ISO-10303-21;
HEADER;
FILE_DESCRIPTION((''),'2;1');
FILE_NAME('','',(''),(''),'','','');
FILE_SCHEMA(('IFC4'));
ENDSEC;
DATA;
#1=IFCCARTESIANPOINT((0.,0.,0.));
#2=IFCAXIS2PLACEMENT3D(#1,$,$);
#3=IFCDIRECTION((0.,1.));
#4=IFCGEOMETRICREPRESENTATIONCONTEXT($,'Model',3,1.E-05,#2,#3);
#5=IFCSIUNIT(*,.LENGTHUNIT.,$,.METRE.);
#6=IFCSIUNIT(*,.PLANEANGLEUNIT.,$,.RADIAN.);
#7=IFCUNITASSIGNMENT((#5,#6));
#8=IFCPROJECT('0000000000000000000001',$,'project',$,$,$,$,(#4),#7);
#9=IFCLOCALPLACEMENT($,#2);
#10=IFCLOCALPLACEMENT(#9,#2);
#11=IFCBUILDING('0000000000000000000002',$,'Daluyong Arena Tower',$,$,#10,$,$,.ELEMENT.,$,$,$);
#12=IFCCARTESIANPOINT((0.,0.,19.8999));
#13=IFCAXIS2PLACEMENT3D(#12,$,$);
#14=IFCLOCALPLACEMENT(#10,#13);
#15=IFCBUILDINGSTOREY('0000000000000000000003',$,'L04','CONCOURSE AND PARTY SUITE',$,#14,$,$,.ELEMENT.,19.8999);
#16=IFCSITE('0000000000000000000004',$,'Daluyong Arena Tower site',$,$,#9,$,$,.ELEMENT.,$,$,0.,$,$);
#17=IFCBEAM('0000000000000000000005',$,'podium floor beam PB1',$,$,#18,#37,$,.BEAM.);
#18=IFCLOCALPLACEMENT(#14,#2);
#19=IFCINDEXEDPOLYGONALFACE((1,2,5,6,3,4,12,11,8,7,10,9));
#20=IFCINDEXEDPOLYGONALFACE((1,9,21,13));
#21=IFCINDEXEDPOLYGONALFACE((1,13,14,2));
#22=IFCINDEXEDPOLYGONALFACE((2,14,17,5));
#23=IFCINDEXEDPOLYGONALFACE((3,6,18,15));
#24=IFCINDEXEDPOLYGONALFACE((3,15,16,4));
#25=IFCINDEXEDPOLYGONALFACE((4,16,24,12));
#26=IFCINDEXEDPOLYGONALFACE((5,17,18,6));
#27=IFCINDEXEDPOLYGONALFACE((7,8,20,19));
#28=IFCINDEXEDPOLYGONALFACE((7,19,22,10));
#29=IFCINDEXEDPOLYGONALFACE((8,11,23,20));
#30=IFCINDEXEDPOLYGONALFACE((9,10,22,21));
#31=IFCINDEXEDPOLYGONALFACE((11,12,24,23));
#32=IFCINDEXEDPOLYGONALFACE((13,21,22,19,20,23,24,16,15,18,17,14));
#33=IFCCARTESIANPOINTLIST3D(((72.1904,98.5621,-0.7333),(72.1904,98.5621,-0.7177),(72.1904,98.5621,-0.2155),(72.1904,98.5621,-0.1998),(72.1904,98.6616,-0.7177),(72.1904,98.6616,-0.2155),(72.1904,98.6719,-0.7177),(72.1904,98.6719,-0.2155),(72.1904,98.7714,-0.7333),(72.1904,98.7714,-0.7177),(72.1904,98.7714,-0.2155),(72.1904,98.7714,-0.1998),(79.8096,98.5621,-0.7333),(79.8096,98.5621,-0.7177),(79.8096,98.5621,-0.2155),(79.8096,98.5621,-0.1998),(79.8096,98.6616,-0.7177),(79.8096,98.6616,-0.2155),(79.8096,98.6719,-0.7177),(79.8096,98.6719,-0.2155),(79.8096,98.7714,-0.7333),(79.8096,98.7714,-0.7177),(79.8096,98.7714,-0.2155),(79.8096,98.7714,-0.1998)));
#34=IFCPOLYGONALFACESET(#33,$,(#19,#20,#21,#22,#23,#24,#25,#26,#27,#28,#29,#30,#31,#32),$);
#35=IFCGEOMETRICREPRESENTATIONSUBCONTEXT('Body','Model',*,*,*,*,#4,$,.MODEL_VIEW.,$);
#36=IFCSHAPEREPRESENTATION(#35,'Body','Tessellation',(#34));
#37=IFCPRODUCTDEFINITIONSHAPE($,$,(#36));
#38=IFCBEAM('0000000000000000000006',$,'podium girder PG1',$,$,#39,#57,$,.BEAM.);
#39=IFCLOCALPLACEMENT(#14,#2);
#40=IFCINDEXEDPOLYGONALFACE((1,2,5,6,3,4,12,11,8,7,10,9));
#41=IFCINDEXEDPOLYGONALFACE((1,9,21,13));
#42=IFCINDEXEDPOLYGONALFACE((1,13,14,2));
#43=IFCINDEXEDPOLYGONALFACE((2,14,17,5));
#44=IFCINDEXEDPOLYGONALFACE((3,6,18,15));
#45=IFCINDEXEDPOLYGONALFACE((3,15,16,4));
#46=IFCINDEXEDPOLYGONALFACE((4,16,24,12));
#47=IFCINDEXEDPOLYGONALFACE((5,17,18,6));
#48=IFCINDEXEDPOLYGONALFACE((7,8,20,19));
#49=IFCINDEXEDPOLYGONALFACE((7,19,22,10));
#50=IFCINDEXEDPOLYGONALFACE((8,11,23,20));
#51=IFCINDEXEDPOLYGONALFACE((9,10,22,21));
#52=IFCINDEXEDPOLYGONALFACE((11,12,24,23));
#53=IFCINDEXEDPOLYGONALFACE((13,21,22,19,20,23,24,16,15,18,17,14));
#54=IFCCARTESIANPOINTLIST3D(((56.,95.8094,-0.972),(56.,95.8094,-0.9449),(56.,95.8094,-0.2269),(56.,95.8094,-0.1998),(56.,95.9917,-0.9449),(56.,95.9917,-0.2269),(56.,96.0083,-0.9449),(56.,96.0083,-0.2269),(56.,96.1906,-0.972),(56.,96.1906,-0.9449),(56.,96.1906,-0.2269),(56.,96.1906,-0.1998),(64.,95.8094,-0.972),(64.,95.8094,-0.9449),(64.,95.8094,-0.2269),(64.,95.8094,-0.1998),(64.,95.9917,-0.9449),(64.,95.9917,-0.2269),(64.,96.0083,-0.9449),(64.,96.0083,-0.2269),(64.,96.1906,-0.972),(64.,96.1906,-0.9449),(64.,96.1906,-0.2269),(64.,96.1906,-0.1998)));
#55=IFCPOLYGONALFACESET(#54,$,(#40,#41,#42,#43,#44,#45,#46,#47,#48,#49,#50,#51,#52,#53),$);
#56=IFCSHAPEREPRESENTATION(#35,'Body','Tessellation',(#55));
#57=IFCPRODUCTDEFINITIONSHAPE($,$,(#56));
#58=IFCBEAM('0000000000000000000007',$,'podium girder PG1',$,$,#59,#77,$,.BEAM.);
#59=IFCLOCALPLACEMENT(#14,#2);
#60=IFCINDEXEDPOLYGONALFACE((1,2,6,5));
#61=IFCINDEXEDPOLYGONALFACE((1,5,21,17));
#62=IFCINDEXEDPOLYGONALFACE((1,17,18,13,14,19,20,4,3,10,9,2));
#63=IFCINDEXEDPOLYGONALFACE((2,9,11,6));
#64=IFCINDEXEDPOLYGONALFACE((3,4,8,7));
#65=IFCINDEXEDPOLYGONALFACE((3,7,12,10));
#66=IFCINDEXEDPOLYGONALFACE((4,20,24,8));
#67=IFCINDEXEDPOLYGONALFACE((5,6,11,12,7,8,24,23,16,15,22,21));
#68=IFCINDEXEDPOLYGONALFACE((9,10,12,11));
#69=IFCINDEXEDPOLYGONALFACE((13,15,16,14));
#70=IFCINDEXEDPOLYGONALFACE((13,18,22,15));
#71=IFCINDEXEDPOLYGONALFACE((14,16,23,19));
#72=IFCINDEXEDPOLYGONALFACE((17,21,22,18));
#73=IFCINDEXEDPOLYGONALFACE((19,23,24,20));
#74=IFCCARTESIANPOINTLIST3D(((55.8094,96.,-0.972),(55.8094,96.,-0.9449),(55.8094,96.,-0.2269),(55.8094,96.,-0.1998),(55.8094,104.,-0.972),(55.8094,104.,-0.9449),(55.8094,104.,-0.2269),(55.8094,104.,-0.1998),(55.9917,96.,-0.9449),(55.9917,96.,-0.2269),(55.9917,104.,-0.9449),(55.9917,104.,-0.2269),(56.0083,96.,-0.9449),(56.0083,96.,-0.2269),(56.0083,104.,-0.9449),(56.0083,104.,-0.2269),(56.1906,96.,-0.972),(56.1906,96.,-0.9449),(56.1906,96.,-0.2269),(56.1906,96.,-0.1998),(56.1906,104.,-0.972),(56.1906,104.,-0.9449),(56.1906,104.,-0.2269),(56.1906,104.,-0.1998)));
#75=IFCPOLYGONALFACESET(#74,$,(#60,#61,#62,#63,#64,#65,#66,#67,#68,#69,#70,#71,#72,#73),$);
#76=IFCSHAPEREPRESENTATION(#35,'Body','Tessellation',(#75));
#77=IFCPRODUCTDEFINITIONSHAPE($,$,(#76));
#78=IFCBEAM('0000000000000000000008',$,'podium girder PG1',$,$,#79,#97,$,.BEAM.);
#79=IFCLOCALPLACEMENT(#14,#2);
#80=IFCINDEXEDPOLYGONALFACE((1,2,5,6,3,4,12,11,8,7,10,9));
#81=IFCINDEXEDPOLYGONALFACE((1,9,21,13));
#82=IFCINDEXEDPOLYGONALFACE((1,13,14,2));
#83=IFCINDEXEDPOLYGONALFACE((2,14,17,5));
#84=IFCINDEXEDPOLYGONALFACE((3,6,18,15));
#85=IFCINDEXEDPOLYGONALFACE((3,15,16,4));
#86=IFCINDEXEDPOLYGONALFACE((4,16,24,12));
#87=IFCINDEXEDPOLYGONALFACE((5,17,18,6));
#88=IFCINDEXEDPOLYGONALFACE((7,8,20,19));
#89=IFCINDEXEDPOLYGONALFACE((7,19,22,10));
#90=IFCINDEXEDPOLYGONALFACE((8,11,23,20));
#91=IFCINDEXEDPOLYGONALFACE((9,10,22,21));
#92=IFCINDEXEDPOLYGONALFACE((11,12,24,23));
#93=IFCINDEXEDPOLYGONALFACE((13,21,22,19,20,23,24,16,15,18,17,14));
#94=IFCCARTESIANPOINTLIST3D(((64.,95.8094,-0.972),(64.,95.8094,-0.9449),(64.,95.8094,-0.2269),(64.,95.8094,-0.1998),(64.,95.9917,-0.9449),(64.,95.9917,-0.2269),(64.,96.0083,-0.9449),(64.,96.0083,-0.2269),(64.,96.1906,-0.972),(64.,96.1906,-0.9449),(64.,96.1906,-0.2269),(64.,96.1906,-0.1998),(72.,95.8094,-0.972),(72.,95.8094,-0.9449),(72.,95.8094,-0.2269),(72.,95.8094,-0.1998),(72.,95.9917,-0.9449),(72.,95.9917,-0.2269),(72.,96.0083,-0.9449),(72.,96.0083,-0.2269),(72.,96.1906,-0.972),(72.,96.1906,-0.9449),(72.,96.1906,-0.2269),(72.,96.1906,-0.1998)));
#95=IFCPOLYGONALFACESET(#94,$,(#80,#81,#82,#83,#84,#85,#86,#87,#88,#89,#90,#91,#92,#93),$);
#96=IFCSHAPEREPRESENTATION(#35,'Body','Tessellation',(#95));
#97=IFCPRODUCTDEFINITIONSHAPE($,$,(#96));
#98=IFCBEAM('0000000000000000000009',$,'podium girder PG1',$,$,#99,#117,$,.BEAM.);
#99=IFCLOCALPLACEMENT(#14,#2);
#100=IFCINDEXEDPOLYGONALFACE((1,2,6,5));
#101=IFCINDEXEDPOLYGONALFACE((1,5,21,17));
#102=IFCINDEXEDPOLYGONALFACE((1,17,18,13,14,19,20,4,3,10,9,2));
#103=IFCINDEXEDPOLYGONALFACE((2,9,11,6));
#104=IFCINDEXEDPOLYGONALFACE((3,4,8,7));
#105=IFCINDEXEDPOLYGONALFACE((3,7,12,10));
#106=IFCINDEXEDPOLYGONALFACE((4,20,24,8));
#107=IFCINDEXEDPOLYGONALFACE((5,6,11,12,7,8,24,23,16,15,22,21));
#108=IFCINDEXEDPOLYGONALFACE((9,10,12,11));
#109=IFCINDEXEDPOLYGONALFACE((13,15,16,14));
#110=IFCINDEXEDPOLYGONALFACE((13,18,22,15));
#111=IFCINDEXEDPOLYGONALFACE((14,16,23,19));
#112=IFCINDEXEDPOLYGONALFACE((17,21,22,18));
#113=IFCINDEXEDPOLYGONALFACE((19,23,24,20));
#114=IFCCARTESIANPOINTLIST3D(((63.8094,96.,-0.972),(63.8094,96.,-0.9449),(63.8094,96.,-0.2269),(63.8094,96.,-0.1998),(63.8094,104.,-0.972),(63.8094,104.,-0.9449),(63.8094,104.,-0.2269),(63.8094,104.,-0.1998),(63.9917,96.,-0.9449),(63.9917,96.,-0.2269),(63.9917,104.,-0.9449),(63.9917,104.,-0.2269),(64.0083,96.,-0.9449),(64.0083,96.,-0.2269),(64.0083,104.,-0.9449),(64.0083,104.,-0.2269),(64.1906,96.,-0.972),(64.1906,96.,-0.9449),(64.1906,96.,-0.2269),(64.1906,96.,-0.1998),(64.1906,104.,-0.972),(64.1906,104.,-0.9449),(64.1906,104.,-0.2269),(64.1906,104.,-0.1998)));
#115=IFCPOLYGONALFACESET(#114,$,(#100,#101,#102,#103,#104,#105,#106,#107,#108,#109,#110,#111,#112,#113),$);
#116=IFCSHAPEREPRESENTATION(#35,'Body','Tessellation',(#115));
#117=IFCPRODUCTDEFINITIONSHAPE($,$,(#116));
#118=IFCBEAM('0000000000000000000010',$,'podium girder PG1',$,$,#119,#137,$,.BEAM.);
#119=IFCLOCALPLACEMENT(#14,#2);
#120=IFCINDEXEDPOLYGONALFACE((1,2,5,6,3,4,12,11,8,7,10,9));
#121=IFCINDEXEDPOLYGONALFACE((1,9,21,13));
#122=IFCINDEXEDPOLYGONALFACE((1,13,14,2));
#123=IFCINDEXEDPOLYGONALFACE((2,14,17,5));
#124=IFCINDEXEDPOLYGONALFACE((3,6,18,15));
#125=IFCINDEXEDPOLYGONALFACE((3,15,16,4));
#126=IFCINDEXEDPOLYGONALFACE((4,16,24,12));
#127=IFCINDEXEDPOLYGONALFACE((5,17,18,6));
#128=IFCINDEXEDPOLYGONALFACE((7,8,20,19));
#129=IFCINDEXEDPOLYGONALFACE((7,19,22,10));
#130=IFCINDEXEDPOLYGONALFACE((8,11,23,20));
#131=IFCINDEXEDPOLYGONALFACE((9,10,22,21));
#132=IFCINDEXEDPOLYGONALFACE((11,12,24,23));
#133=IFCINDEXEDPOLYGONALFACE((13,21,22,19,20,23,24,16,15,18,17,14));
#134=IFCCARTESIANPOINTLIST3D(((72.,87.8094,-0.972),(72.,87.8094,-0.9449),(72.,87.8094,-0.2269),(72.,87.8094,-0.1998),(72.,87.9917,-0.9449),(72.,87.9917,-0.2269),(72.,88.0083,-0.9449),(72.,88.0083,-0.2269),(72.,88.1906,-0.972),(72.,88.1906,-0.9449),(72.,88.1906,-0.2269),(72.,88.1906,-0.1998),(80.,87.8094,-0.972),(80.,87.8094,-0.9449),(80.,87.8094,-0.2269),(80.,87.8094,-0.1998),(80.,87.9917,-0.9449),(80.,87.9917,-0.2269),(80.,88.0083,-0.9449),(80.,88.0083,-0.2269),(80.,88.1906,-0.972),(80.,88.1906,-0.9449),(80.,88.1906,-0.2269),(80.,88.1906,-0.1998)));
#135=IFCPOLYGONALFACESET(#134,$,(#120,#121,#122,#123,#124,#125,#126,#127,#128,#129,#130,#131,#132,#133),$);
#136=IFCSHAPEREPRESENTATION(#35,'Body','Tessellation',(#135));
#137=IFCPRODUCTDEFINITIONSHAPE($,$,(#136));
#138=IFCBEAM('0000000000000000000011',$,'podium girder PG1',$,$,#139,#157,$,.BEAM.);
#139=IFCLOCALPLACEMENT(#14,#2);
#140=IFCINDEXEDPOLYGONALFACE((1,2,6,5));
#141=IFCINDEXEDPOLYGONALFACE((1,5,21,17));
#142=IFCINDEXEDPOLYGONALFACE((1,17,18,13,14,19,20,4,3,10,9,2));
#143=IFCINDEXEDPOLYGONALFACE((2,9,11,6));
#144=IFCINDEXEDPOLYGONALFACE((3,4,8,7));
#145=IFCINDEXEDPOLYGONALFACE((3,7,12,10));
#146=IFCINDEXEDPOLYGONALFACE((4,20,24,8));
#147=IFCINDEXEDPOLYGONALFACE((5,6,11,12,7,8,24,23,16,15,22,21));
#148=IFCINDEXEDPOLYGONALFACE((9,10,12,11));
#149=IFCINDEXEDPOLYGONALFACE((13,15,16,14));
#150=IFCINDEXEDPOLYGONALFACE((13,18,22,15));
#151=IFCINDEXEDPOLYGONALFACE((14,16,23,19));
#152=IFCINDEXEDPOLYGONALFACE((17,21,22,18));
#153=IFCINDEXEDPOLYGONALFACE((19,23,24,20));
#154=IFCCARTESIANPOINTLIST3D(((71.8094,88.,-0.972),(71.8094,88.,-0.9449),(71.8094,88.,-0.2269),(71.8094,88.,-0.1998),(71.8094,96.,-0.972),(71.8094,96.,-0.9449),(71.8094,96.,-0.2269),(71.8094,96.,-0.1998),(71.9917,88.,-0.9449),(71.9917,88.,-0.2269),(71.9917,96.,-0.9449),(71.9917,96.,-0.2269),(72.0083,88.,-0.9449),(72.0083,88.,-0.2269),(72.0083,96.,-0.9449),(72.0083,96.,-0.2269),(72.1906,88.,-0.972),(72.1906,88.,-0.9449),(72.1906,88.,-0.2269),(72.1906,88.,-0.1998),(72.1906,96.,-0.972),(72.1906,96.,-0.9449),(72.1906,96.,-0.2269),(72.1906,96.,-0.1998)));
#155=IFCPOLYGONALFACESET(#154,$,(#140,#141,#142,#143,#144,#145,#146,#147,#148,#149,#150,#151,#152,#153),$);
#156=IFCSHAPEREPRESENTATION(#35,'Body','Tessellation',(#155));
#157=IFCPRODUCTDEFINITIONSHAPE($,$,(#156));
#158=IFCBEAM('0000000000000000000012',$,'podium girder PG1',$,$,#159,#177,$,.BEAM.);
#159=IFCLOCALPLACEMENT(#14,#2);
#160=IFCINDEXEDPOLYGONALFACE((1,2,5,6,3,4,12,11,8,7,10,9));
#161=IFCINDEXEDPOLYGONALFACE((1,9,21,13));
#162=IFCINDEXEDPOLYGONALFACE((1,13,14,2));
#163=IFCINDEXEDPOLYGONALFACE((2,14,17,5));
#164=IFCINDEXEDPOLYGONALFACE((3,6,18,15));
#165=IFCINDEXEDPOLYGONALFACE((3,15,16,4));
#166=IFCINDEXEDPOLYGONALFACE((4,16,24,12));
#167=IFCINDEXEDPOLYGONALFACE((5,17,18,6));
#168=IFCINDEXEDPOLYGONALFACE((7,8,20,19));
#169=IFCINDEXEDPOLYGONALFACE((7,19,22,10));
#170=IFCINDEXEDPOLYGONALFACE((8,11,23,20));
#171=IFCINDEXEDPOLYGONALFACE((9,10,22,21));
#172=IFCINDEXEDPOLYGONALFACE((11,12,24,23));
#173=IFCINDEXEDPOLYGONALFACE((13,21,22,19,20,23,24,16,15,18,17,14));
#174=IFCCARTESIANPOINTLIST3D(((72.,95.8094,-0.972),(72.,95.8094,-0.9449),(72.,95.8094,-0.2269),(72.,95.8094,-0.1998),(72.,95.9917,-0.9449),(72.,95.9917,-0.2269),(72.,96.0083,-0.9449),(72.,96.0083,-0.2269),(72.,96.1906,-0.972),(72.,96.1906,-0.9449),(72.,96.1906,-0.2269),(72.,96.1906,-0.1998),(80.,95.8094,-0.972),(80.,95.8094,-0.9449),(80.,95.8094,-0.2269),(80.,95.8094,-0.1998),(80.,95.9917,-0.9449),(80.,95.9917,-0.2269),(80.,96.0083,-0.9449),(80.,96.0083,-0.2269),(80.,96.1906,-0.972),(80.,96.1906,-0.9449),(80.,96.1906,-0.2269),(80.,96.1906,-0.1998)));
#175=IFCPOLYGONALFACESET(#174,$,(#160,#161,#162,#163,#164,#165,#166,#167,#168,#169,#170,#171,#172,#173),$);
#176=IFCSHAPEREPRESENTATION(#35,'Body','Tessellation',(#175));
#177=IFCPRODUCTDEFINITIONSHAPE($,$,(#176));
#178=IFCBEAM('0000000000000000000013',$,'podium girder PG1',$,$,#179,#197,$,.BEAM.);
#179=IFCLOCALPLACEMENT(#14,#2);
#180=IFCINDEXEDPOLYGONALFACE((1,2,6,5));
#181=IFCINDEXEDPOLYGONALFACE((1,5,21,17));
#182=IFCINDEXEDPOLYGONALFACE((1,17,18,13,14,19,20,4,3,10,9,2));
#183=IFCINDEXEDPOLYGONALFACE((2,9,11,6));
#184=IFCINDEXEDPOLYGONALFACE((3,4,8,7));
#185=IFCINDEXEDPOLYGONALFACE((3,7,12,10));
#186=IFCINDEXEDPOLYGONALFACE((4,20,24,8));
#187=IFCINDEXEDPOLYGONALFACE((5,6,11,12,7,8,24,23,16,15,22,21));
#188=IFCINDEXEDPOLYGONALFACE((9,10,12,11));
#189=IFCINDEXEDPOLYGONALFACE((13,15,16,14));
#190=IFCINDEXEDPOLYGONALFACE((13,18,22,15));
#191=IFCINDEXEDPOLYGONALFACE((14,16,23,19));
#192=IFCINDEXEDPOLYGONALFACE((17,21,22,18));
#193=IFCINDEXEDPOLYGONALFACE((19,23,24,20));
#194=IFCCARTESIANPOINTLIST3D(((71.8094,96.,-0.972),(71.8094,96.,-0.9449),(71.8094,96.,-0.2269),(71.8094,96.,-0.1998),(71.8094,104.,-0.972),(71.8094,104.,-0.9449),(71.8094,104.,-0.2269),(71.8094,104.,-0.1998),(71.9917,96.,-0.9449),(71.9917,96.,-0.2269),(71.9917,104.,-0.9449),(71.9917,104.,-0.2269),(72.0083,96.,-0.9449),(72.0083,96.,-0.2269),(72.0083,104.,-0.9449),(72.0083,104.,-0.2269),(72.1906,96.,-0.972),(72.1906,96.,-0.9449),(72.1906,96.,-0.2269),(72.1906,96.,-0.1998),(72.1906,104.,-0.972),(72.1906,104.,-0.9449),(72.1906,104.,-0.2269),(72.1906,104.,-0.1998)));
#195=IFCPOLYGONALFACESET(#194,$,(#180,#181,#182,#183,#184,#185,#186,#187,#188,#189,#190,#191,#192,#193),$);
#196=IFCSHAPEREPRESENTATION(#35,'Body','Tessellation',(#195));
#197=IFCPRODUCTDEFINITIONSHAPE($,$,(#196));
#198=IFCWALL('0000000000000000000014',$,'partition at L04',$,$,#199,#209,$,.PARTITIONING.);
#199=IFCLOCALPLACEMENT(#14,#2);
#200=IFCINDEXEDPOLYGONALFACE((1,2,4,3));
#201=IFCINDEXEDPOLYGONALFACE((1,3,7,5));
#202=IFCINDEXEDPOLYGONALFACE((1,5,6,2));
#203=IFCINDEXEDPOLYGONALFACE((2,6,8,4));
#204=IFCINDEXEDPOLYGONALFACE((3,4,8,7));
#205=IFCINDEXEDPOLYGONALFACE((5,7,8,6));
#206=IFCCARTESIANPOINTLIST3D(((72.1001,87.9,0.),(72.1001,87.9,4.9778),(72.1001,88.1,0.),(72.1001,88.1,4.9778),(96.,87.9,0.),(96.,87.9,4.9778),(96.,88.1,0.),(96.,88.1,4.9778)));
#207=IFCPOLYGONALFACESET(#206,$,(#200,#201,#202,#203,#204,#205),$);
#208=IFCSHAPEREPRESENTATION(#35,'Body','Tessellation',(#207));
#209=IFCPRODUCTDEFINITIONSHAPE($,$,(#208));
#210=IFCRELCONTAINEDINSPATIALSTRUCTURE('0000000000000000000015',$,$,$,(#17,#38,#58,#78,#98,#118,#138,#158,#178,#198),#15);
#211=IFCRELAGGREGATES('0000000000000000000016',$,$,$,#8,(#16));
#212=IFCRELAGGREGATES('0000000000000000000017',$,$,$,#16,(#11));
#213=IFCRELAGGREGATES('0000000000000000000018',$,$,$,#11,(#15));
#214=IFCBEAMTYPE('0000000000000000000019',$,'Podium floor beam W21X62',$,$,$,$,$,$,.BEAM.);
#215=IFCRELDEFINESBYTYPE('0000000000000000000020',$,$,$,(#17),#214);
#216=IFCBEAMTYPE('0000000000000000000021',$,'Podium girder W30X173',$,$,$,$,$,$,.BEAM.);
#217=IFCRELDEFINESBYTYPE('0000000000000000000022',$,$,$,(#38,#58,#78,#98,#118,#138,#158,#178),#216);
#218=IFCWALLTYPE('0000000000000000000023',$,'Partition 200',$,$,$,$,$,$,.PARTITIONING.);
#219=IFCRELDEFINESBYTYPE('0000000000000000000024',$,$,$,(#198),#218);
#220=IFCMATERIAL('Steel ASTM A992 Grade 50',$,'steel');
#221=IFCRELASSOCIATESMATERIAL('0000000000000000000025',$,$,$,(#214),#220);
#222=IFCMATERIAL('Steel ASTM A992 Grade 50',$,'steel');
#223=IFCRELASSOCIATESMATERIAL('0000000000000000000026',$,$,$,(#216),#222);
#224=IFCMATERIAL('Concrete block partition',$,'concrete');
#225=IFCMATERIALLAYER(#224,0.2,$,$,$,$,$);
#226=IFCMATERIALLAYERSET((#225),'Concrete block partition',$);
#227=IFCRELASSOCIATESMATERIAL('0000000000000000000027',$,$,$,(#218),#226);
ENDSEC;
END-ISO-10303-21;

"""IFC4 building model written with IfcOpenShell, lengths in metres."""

from ifc_helpers import new_model, si_unit, direction, frame, frame_2d, origin, origin_2d, place, context, subcontext, project, spatial, rectangle, i_section, extrude, material, layer, layer_set, material_profile, profile_set, type_object, element, save


model = new_model("IFC4")

# Units and contexts
model_context = context("Model", 3, precision=1e-05, world=origin(), true_north=direction((0.0, 1.0)))
body_context = subcontext(model_context, "Body", "Model", "MODEL_VIEW")
ifc_project = project(units=[si_unit("LENGTHUNIT", "METRE"), si_unit("PLANEANGLEUNIT", "RADIAN")], contexts=[model_context])

# Site, building, storey
site_placement = place(None, origin())
site = spatial("IfcSite", under=ifc_project, at=site_placement, Name="Daluyong Arena Tower site", CompositionType="ELEMENT", RefElevation=0.0)
building_placement = place(site_placement, origin())
building = spatial("IfcBuilding", under=site, at=building_placement, Name="Daluyong Arena Tower", CompositionType="ELEMENT")
storey_placement = place(building_placement, frame((0.0, 0.0, 19.8999)))
storey = spatial("IfcBuildingStorey", under=building, at=storey_placement, Name="L04", Description="CONCOURSE AND PARTY SUITE", CompositionType="ELEMENT", Elevation=19.8999)

# Beams
ifc_material_1 = material(Name="Steel ASTM A992 Grade 50", Category="steel")
ifc_material_profile_1 = material_profile(ifc_material_1, i_section(OverallWidth=0.2092, OverallDepth=0.5334, WebThickness=0.0103, FlangeThickness=0.0156, at=origin_2d()))
ifc_profile_set_1 = profile_set([ifc_material_profile_1], Name="Steel ASTM A992 Grade 50")
beam_type_1 = type_object("IfcBeamType", Name="Podium floor beam W21X62", PredefinedType="BEAM", material=ifc_profile_set_1)
for number, where, z_axis, x_axis, name in (
    (1, (72.1904, 98.6667, -0.4666), (1.0, 0.0, 0.0), (0.0, 1.0, 0.0), "podium floor beam PB1"),
):
    element("IfcBeam", number, at=place(storey_placement, frame(where, z_axis=z_axis, x_axis=x_axis)), inside=storey, type_object=beam_type_1, Name=name, PredefinedType="BEAM", context=body_context, shape_type="SweptSolid", body=[
        extrude(i_section(OverallWidth=0.2092, OverallDepth=0.5334, WebThickness=0.0103, FlangeThickness=0.0156, at=origin_2d()), origin(), (0.0, 0.0, 1.0), 7.6191),
    ])
ifc_material_2 = material(Name="Steel ASTM A992 Grade 50", Category="steel")
ifc_material_profile_2 = material_profile(ifc_material_2, i_section(OverallWidth=0.3811, OverallDepth=0.7722, WebThickness=0.0166, FlangeThickness=0.0271, at=origin_2d()))
ifc_profile_set_2 = profile_set([ifc_material_profile_2], Name="Steel ASTM A992 Grade 50")
beam_type_2 = type_object("IfcBeamType", Name="Podium girder W30X173", PredefinedType="BEAM", material=ifc_profile_set_2)
for number, where, z_axis, x_axis, name in (
    (2, (56.0, 96.0, -0.5859), (1.0, 0.0, 0.0), (0.0, 1.0, 0.0), "podium girder PG1"),
    (3, (56.0, 96.0, -0.5859), (0.0, 1.0, 0.0), (-1.0, 0.0, 0.0), "podium girder PG1"),
    (4, (64.0, 96.0, -0.5859), (1.0, 0.0, 0.0), (0.0, 1.0, 0.0), "podium girder PG1"),
    (5, (64.0, 96.0, -0.5859), (0.0, 1.0, 0.0), (-1.0, 0.0, 0.0), "podium girder PG1"),
    (6, (72.0, 88.0, -0.5859), (1.0, 0.0, 0.0), (0.0, 1.0, 0.0), "podium girder PG1"),
    (7, (72.0, 88.0, -0.5859), (0.0, 1.0, 0.0), (-1.0, 0.0, 0.0), "podium girder PG1"),
    (8, (72.0, 96.0, -0.5859), (1.0, 0.0, 0.0), (0.0, 1.0, 0.0), "podium girder PG1"),
    (9, (72.0, 96.0, -0.5859), (0.0, 1.0, 0.0), (-1.0, 0.0, 0.0), "podium girder PG1"),
):
    element("IfcBeam", number, at=place(storey_placement, frame(where, z_axis=z_axis, x_axis=x_axis)), inside=storey, type_object=beam_type_2, Name=name, PredefinedType="BEAM", context=body_context, shape_type="SweptSolid", body=[
        extrude(i_section(OverallWidth=0.3811, OverallDepth=0.7722, WebThickness=0.0166, FlangeThickness=0.0271, at=origin_2d()), origin(), (0.0, 0.0, 1.0), 8.0),
    ])

# Wall
ifc_material_3 = material(Name="Concrete block partition", Category="concrete")
ifc_layer = layer(ifc_material_3, 0.2)
ifc_layer_set = layer_set([ifc_layer], Name="Concrete block partition")
wall_type = type_object("IfcWallType", Name="Partition 200", PredefinedType="PARTITIONING", material=ifc_layer_set)
wall_1_placement = place(storey_placement, frame((72.1001, 88.0, 0.0), z_axis=(0.0, 0.0, 1.0), x_axis=(1.0, 0.0, 0.0)))
element("IfcWall", 10, at=wall_1_placement, inside=storey, type_object=wall_type, Name="partition at L04", PredefinedType="PARTITIONING", context=body_context, shape_type="SweptSolid", body=[
    extrude(rectangle(XDim=23.8999, YDim=0.2, at=frame_2d((11.95, 0.0))), origin(), (0.0, 0.0, 1.0), 4.9778),
])

save(model, "model.ifc")
